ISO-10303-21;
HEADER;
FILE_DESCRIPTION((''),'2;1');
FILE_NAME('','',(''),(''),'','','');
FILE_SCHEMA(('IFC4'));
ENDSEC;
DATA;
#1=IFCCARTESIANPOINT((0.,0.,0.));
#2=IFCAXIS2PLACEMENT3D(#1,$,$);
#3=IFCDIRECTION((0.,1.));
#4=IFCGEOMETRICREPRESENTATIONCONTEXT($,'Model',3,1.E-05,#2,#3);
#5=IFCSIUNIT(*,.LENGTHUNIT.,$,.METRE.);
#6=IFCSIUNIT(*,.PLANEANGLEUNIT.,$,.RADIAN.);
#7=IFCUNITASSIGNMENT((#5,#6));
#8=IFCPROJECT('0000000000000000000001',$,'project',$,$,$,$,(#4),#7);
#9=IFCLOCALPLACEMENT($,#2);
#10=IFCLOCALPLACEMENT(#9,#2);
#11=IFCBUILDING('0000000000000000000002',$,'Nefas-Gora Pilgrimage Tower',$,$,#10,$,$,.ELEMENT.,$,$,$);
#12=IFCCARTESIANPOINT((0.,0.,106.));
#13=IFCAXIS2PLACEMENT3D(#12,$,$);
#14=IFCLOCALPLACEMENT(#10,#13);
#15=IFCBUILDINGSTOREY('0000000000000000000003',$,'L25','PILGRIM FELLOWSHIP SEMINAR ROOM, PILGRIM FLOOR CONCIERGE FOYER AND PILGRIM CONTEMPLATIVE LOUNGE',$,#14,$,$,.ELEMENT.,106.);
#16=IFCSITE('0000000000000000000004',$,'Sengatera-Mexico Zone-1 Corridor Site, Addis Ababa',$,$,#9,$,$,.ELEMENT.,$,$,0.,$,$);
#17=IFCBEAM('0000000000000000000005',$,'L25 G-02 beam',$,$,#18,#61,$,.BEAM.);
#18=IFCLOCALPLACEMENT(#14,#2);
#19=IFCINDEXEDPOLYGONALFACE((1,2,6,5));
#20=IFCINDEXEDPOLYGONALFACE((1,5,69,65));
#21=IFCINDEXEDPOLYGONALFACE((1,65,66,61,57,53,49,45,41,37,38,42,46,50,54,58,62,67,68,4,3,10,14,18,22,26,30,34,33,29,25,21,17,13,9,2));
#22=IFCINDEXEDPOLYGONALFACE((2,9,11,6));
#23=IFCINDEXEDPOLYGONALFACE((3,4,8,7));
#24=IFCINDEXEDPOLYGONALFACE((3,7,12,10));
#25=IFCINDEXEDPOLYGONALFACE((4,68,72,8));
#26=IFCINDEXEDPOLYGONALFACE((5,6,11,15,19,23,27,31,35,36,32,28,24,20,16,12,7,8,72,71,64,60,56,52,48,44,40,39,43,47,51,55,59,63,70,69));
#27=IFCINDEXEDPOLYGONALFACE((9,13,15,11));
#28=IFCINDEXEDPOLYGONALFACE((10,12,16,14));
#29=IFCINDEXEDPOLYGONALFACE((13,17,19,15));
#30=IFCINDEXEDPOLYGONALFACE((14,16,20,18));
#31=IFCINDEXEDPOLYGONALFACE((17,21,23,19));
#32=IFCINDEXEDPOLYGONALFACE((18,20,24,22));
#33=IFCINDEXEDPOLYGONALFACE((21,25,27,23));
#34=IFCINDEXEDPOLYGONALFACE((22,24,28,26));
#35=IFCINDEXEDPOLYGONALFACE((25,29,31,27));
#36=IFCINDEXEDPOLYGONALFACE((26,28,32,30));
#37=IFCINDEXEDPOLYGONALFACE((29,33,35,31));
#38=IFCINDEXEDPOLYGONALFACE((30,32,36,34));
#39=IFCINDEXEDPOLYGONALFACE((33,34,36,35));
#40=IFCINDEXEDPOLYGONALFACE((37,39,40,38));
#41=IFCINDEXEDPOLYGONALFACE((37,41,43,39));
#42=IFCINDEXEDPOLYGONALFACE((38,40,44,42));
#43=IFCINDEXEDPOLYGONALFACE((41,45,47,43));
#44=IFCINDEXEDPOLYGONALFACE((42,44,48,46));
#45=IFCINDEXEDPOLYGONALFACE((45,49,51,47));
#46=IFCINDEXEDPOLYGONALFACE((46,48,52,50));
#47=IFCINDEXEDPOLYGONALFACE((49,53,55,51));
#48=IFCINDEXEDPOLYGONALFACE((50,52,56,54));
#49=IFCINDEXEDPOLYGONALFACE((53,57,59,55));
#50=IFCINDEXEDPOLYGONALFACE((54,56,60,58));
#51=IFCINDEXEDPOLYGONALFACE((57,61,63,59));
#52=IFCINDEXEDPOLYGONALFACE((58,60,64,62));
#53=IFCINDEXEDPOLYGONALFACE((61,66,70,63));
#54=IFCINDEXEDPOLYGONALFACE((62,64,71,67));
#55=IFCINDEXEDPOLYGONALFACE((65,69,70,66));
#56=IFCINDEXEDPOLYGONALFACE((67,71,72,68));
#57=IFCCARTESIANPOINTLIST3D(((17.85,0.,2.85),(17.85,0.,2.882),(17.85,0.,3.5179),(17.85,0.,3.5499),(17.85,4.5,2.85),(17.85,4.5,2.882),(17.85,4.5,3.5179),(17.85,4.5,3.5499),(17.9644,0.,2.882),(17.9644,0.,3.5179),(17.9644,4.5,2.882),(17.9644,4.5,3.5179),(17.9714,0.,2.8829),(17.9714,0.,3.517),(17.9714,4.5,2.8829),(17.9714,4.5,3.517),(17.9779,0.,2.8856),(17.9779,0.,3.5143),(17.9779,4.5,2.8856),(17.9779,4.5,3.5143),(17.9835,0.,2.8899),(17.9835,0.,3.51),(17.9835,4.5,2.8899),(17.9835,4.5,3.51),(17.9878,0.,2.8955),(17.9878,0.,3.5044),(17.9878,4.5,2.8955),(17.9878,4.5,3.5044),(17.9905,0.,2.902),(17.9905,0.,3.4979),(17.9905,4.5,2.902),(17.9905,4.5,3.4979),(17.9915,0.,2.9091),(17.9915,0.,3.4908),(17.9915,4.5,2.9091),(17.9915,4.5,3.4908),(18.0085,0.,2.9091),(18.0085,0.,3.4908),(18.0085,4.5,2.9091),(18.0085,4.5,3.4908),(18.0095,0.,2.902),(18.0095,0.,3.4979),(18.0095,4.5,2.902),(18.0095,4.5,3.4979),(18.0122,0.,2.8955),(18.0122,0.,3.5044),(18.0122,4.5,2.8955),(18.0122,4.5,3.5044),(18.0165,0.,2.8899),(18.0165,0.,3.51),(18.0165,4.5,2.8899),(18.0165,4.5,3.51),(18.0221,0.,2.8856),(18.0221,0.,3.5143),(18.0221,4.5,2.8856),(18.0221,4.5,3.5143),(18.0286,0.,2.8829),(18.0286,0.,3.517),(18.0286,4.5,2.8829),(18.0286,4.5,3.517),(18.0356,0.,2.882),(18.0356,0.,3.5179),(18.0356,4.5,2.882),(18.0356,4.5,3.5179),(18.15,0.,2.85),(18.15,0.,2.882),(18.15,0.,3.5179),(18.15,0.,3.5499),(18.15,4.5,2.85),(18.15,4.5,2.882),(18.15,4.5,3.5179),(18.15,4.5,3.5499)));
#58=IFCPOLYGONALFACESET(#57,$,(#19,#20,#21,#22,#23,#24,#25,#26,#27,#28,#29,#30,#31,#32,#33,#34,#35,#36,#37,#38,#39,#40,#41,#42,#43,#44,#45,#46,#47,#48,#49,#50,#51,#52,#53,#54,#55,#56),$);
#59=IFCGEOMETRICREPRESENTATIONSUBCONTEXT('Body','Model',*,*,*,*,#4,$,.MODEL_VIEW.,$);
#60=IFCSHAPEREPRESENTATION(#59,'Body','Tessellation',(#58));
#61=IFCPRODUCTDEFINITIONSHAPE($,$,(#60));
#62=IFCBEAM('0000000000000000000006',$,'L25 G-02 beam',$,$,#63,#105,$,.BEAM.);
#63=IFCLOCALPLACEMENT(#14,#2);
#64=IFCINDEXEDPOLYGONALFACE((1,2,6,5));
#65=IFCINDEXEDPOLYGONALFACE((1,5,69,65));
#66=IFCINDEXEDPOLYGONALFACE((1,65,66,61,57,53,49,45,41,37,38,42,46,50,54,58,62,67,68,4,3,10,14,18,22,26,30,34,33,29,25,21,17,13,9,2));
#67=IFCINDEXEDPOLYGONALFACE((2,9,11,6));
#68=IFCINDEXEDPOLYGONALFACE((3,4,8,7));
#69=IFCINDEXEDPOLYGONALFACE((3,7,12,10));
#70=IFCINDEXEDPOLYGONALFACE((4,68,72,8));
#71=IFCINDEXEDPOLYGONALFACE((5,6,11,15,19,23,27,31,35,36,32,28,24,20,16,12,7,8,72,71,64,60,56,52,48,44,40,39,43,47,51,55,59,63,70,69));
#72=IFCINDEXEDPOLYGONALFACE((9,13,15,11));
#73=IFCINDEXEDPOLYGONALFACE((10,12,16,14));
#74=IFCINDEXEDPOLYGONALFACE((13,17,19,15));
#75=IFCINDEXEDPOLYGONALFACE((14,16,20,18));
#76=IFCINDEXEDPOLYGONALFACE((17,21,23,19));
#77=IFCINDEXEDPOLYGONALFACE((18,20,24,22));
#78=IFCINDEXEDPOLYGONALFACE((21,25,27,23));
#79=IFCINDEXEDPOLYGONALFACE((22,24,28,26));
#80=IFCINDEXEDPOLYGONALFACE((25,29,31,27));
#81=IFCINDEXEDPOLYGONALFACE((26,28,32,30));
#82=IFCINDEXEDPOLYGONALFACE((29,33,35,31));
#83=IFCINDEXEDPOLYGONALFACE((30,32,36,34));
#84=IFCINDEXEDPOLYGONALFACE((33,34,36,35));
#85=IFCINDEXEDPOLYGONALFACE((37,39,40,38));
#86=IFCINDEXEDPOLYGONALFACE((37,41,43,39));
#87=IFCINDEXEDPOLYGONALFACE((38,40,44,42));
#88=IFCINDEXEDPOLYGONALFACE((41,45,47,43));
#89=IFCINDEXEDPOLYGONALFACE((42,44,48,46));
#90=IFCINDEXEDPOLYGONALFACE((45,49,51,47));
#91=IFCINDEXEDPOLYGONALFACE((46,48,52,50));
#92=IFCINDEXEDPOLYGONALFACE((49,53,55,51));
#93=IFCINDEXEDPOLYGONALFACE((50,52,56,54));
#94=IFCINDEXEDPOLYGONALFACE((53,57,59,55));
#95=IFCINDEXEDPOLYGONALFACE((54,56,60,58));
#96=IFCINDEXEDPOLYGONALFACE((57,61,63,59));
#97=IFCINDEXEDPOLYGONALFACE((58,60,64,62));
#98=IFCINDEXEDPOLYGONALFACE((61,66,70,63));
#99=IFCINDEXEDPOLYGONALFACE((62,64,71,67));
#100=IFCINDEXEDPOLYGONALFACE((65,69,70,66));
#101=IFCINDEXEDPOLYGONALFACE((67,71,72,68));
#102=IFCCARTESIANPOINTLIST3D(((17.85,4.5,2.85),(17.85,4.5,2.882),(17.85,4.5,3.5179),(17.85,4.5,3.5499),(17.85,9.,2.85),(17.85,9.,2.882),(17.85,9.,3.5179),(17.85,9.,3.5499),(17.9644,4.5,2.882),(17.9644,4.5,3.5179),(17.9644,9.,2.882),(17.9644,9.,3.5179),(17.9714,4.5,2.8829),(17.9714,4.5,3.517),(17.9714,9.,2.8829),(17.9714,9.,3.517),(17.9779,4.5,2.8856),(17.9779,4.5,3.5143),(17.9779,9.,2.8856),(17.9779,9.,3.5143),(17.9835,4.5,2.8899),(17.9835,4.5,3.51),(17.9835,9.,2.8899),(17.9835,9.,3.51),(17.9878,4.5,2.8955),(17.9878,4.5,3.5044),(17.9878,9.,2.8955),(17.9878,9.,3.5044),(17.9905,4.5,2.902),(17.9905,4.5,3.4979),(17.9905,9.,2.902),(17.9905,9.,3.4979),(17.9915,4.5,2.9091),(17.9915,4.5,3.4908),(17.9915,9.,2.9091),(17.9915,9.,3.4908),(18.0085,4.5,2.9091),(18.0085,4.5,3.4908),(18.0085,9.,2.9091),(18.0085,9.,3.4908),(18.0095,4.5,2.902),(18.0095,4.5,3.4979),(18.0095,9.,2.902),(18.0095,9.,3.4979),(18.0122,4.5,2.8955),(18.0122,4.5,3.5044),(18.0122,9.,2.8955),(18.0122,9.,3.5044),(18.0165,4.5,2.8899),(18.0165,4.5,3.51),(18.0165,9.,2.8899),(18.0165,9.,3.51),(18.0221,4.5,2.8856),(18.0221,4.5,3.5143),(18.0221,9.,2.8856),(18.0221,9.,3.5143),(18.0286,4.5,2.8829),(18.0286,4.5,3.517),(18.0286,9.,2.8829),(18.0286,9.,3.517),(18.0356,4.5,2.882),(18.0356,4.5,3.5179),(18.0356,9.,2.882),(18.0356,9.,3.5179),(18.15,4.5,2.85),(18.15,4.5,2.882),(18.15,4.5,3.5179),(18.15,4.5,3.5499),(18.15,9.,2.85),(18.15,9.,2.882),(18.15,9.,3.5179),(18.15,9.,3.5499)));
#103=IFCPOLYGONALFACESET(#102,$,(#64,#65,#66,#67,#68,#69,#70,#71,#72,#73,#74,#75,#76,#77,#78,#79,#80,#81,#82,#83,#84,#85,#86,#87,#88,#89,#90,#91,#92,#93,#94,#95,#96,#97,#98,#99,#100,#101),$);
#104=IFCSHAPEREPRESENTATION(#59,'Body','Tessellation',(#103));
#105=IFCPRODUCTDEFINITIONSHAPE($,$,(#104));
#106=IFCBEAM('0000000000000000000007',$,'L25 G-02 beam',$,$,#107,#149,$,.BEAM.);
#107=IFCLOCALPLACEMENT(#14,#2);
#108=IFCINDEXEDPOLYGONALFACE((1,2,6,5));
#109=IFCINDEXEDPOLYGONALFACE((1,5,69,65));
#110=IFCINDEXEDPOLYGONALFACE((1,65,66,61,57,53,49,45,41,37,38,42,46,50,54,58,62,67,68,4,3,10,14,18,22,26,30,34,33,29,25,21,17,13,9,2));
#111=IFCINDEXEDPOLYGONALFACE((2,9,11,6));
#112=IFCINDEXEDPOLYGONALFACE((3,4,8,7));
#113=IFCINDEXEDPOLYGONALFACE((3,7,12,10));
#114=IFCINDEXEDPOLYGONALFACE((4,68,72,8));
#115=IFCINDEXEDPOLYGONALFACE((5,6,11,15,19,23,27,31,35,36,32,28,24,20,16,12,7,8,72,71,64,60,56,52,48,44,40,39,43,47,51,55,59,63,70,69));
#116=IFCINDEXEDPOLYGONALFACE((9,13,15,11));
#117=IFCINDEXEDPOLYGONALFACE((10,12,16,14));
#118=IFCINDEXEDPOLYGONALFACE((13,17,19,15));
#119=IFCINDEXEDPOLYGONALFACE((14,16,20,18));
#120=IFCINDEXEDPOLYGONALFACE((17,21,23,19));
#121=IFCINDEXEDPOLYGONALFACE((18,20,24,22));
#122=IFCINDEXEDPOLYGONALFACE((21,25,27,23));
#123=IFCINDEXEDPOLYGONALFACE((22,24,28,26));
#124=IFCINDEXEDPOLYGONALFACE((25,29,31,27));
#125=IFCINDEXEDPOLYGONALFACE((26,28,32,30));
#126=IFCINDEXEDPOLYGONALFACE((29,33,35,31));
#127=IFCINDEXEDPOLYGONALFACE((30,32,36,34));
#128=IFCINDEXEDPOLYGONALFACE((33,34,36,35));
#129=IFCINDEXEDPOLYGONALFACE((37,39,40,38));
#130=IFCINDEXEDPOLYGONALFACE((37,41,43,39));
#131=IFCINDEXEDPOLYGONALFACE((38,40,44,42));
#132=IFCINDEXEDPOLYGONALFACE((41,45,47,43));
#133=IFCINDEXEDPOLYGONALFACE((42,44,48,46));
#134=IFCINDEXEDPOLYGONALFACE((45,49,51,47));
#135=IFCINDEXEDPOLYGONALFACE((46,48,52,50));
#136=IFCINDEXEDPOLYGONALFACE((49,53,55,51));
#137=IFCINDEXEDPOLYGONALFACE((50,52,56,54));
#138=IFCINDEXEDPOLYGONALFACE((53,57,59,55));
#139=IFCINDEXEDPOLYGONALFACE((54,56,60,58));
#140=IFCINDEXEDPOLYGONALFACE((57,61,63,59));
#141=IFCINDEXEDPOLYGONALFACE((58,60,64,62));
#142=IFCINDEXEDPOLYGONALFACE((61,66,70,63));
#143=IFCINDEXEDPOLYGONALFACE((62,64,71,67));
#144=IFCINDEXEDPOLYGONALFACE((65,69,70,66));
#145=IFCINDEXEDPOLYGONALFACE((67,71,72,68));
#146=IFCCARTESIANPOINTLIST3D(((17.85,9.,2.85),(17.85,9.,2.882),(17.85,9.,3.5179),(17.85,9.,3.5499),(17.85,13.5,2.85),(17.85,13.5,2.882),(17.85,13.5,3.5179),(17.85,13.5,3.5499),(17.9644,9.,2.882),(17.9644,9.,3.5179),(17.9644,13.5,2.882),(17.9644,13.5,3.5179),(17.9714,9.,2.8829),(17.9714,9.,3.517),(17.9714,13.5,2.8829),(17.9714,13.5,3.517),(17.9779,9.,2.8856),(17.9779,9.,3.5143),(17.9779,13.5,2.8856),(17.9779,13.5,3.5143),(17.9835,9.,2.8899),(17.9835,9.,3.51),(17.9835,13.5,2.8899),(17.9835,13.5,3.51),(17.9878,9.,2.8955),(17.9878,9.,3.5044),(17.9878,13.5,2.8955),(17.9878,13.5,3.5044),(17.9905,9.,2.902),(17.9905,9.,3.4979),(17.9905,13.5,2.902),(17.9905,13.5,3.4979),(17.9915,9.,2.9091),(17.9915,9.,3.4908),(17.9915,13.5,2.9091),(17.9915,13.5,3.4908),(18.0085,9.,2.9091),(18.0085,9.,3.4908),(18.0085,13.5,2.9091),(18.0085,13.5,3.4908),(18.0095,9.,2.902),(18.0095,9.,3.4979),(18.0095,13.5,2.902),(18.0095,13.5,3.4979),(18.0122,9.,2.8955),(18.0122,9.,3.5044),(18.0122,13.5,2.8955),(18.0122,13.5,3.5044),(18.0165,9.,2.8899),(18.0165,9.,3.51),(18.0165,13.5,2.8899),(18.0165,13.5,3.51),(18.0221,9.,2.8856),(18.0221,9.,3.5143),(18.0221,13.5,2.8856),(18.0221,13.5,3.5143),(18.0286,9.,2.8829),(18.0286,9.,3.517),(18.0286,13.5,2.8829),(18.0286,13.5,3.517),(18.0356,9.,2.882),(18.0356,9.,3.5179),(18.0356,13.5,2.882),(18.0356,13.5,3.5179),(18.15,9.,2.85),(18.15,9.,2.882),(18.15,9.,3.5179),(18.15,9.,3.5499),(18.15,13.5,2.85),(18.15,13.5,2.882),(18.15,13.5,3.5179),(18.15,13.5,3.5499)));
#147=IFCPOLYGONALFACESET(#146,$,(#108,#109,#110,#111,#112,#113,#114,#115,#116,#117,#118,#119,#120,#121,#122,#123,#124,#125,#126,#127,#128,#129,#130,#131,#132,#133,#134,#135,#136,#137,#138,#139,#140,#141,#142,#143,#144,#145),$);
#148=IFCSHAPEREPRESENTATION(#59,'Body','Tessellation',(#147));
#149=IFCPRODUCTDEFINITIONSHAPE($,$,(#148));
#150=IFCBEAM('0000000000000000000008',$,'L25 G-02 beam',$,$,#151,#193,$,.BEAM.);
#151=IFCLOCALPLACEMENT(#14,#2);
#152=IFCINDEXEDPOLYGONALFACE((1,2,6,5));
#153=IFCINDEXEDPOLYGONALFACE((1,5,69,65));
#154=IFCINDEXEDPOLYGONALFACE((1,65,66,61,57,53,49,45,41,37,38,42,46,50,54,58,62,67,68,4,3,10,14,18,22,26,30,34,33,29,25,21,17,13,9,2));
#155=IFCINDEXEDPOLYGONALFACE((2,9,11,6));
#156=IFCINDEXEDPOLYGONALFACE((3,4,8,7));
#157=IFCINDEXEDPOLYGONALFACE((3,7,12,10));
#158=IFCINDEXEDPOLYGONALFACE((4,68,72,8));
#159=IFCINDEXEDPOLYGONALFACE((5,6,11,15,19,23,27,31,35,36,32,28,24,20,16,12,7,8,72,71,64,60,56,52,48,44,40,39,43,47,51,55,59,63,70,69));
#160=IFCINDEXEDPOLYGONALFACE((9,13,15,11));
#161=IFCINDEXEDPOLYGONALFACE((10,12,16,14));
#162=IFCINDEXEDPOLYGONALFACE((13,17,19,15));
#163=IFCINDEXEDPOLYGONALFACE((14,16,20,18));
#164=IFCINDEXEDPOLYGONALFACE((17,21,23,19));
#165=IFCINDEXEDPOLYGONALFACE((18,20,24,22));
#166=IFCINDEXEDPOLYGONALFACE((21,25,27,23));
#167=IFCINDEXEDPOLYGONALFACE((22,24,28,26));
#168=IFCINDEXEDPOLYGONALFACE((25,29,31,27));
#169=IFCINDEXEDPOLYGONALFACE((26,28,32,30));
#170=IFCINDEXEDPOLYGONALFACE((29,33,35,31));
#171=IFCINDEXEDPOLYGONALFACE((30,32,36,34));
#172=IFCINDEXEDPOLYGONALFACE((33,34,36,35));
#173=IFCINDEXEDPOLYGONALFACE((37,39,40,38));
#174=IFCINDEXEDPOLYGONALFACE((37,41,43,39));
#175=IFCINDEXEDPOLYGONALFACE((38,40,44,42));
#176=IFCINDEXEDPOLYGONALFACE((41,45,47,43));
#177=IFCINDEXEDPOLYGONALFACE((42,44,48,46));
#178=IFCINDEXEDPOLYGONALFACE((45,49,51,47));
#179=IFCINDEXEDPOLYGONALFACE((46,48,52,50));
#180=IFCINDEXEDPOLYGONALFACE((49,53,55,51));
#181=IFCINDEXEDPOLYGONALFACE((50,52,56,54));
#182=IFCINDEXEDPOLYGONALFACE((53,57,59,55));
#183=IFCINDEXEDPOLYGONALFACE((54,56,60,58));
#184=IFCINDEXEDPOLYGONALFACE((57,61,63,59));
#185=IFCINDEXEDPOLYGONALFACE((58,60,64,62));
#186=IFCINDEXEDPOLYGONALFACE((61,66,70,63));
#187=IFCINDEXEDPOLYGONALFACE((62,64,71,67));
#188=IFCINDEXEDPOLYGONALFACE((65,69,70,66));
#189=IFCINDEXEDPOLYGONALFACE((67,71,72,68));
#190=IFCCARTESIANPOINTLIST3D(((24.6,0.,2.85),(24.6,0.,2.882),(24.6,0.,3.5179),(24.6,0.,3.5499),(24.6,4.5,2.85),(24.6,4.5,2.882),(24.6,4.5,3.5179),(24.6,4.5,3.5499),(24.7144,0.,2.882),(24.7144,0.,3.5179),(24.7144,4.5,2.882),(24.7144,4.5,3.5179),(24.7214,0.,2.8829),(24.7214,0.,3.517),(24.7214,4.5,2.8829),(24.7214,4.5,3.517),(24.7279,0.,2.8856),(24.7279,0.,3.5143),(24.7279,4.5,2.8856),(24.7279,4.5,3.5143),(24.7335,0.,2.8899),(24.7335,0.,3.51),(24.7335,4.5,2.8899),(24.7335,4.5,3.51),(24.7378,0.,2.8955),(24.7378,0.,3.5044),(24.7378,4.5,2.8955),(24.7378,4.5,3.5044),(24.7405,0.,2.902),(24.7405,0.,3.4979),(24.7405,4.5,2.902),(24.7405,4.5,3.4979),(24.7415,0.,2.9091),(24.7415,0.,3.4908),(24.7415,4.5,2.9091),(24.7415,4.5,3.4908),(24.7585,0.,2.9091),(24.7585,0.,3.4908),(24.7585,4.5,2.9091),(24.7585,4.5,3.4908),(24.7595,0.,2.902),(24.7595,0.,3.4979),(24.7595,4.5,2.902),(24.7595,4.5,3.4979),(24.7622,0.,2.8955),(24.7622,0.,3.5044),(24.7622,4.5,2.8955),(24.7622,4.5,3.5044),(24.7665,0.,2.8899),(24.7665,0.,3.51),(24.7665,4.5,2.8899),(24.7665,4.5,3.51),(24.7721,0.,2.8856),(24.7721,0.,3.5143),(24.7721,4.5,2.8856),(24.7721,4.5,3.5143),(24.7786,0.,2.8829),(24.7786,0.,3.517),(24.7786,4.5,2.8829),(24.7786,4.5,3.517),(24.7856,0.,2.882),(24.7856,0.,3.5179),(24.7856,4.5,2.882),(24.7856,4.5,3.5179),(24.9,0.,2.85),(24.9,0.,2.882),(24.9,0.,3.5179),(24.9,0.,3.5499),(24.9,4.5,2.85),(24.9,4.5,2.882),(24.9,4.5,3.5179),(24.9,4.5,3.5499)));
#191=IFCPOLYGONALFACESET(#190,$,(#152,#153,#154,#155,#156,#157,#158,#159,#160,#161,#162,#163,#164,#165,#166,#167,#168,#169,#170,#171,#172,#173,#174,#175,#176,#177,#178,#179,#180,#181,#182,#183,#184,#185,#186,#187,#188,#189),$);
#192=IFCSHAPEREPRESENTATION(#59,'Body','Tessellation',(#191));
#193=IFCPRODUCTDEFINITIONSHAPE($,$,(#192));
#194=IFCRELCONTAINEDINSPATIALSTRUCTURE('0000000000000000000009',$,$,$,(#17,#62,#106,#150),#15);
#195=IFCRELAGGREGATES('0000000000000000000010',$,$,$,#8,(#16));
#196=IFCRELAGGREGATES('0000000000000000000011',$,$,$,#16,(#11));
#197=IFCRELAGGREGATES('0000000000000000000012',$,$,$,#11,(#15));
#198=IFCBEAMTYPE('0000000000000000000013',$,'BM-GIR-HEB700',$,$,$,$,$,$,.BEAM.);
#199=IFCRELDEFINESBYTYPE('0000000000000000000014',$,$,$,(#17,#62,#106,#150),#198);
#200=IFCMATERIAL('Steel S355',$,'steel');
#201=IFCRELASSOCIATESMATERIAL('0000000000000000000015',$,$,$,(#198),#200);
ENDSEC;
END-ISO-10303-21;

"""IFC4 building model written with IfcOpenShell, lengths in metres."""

from ifc_helpers import new_model, si_unit, direction, frame, origin, origin_2d, place, context, subcontext, project, spatial, i_section, extrude, source, transform, mapped, material, material_profile, profile_set, type_object, element, save


model = new_model("IFC4")

# Units and contexts
model_context = context("Model", 3, precision=1e-05, world=origin(), true_north=direction((0.0, 1.0)))
body_context = subcontext(model_context, "Body", "Model", "MODEL_VIEW")
ifc_project = project(units=[si_unit("LENGTHUNIT", "METRE"), si_unit("PLANEANGLEUNIT", "RADIAN")], contexts=[model_context])

# Site, building, storey
site_placement = place(None, origin())
site = spatial("IfcSite", under=ifc_project, at=site_placement, Name="Sengatera-Mexico Zone-1 Corridor Site, Addis Ababa", CompositionType="ELEMENT", RefElevation=0.0)
building_placement = place(site_placement, origin())
building = spatial("IfcBuilding", under=site, at=building_placement, Name="Nefas-Gora Pilgrimage Tower", CompositionType="ELEMENT")
storey_placement = place(building_placement, frame((0.0, 0.0, 106.0)))
storey = spatial("IfcBuildingStorey", under=building, at=storey_placement, Name="L25", Description="PILGRIM FELLOWSHIP SEMINAR ROOM, PILGRIM FLOOR CONCIERGE FOYER AND PILGRIM CONTEMPLATIVE LOUNGE", CompositionType="ELEMENT", Elevation=106.0)

# Beams
ifc_material_1 = material(Name="Steel S355", Category="steel")
ifc_material_profile_1 = material_profile(ifc_material_1, i_section(OverallWidth=0.3, OverallDepth=0.7, WebThickness=0.0171, FlangeThickness=0.032, FilletRadius=0.0271, at=origin_2d()), Name="HEB 700")
ifc_profile_set_1 = profile_set([ifc_material_profile_1], Name="Steel S355")
beam_type_1 = type_object("IfcBeamType", Name="BM-GIR-HEB700", PredefinedType="BEAM", material=ifc_profile_set_1)
shared_shape_1 = source(origin(), body_context, "Body", "SweptSolid", [
    extrude(i_section(OverallWidth=0.3, OverallDepth=0.7, WebThickness=0.0171, FlangeThickness=0.032, FilletRadius=0.0271, at=origin_2d()), origin(), (0.0, 0.0, 1.0), 4.5),
])
for number, where, z_axis, x_axis, name in (
    (1, (18.0, 0.0, 3.2), (0.0, 1.0, 0.0), (-1.0, 0.0, 0.0), "L25 G-02 beam"),
    (2, (18.0, 4.5, 3.2), (0.0, 1.0, 0.0), (-1.0, 0.0, 0.0), "L25 G-02 beam"),
    (3, (18.0, 9.0, 3.2), (0.0, 1.0, 0.0), (-1.0, 0.0, 0.0), "L25 G-02 beam"),
    (4, (24.75, 0.0, 3.2), (0.0, 1.0, 0.0), (-1.0, 0.0, 0.0), "L25 G-02 beam"),
):
    element("IfcBeam", number, at=place(storey_placement, frame(where, z_axis=z_axis, x_axis=x_axis)), inside=storey, type_object=beam_type_1, Name=name, PredefinedType="BEAM", context=body_context, shape_type="MappedRepresentation", body=[
        mapped(shared_shape_1, transform((0.0, 0.0, 0.0), x_axis=(1.0, 0.0, 0.0), y_axis=(0.0, 1.0, 0.0), z_axis=(0.0, 0.0, 1.0), scale=1.0)),
    ])

save(model, "model.ifc")
